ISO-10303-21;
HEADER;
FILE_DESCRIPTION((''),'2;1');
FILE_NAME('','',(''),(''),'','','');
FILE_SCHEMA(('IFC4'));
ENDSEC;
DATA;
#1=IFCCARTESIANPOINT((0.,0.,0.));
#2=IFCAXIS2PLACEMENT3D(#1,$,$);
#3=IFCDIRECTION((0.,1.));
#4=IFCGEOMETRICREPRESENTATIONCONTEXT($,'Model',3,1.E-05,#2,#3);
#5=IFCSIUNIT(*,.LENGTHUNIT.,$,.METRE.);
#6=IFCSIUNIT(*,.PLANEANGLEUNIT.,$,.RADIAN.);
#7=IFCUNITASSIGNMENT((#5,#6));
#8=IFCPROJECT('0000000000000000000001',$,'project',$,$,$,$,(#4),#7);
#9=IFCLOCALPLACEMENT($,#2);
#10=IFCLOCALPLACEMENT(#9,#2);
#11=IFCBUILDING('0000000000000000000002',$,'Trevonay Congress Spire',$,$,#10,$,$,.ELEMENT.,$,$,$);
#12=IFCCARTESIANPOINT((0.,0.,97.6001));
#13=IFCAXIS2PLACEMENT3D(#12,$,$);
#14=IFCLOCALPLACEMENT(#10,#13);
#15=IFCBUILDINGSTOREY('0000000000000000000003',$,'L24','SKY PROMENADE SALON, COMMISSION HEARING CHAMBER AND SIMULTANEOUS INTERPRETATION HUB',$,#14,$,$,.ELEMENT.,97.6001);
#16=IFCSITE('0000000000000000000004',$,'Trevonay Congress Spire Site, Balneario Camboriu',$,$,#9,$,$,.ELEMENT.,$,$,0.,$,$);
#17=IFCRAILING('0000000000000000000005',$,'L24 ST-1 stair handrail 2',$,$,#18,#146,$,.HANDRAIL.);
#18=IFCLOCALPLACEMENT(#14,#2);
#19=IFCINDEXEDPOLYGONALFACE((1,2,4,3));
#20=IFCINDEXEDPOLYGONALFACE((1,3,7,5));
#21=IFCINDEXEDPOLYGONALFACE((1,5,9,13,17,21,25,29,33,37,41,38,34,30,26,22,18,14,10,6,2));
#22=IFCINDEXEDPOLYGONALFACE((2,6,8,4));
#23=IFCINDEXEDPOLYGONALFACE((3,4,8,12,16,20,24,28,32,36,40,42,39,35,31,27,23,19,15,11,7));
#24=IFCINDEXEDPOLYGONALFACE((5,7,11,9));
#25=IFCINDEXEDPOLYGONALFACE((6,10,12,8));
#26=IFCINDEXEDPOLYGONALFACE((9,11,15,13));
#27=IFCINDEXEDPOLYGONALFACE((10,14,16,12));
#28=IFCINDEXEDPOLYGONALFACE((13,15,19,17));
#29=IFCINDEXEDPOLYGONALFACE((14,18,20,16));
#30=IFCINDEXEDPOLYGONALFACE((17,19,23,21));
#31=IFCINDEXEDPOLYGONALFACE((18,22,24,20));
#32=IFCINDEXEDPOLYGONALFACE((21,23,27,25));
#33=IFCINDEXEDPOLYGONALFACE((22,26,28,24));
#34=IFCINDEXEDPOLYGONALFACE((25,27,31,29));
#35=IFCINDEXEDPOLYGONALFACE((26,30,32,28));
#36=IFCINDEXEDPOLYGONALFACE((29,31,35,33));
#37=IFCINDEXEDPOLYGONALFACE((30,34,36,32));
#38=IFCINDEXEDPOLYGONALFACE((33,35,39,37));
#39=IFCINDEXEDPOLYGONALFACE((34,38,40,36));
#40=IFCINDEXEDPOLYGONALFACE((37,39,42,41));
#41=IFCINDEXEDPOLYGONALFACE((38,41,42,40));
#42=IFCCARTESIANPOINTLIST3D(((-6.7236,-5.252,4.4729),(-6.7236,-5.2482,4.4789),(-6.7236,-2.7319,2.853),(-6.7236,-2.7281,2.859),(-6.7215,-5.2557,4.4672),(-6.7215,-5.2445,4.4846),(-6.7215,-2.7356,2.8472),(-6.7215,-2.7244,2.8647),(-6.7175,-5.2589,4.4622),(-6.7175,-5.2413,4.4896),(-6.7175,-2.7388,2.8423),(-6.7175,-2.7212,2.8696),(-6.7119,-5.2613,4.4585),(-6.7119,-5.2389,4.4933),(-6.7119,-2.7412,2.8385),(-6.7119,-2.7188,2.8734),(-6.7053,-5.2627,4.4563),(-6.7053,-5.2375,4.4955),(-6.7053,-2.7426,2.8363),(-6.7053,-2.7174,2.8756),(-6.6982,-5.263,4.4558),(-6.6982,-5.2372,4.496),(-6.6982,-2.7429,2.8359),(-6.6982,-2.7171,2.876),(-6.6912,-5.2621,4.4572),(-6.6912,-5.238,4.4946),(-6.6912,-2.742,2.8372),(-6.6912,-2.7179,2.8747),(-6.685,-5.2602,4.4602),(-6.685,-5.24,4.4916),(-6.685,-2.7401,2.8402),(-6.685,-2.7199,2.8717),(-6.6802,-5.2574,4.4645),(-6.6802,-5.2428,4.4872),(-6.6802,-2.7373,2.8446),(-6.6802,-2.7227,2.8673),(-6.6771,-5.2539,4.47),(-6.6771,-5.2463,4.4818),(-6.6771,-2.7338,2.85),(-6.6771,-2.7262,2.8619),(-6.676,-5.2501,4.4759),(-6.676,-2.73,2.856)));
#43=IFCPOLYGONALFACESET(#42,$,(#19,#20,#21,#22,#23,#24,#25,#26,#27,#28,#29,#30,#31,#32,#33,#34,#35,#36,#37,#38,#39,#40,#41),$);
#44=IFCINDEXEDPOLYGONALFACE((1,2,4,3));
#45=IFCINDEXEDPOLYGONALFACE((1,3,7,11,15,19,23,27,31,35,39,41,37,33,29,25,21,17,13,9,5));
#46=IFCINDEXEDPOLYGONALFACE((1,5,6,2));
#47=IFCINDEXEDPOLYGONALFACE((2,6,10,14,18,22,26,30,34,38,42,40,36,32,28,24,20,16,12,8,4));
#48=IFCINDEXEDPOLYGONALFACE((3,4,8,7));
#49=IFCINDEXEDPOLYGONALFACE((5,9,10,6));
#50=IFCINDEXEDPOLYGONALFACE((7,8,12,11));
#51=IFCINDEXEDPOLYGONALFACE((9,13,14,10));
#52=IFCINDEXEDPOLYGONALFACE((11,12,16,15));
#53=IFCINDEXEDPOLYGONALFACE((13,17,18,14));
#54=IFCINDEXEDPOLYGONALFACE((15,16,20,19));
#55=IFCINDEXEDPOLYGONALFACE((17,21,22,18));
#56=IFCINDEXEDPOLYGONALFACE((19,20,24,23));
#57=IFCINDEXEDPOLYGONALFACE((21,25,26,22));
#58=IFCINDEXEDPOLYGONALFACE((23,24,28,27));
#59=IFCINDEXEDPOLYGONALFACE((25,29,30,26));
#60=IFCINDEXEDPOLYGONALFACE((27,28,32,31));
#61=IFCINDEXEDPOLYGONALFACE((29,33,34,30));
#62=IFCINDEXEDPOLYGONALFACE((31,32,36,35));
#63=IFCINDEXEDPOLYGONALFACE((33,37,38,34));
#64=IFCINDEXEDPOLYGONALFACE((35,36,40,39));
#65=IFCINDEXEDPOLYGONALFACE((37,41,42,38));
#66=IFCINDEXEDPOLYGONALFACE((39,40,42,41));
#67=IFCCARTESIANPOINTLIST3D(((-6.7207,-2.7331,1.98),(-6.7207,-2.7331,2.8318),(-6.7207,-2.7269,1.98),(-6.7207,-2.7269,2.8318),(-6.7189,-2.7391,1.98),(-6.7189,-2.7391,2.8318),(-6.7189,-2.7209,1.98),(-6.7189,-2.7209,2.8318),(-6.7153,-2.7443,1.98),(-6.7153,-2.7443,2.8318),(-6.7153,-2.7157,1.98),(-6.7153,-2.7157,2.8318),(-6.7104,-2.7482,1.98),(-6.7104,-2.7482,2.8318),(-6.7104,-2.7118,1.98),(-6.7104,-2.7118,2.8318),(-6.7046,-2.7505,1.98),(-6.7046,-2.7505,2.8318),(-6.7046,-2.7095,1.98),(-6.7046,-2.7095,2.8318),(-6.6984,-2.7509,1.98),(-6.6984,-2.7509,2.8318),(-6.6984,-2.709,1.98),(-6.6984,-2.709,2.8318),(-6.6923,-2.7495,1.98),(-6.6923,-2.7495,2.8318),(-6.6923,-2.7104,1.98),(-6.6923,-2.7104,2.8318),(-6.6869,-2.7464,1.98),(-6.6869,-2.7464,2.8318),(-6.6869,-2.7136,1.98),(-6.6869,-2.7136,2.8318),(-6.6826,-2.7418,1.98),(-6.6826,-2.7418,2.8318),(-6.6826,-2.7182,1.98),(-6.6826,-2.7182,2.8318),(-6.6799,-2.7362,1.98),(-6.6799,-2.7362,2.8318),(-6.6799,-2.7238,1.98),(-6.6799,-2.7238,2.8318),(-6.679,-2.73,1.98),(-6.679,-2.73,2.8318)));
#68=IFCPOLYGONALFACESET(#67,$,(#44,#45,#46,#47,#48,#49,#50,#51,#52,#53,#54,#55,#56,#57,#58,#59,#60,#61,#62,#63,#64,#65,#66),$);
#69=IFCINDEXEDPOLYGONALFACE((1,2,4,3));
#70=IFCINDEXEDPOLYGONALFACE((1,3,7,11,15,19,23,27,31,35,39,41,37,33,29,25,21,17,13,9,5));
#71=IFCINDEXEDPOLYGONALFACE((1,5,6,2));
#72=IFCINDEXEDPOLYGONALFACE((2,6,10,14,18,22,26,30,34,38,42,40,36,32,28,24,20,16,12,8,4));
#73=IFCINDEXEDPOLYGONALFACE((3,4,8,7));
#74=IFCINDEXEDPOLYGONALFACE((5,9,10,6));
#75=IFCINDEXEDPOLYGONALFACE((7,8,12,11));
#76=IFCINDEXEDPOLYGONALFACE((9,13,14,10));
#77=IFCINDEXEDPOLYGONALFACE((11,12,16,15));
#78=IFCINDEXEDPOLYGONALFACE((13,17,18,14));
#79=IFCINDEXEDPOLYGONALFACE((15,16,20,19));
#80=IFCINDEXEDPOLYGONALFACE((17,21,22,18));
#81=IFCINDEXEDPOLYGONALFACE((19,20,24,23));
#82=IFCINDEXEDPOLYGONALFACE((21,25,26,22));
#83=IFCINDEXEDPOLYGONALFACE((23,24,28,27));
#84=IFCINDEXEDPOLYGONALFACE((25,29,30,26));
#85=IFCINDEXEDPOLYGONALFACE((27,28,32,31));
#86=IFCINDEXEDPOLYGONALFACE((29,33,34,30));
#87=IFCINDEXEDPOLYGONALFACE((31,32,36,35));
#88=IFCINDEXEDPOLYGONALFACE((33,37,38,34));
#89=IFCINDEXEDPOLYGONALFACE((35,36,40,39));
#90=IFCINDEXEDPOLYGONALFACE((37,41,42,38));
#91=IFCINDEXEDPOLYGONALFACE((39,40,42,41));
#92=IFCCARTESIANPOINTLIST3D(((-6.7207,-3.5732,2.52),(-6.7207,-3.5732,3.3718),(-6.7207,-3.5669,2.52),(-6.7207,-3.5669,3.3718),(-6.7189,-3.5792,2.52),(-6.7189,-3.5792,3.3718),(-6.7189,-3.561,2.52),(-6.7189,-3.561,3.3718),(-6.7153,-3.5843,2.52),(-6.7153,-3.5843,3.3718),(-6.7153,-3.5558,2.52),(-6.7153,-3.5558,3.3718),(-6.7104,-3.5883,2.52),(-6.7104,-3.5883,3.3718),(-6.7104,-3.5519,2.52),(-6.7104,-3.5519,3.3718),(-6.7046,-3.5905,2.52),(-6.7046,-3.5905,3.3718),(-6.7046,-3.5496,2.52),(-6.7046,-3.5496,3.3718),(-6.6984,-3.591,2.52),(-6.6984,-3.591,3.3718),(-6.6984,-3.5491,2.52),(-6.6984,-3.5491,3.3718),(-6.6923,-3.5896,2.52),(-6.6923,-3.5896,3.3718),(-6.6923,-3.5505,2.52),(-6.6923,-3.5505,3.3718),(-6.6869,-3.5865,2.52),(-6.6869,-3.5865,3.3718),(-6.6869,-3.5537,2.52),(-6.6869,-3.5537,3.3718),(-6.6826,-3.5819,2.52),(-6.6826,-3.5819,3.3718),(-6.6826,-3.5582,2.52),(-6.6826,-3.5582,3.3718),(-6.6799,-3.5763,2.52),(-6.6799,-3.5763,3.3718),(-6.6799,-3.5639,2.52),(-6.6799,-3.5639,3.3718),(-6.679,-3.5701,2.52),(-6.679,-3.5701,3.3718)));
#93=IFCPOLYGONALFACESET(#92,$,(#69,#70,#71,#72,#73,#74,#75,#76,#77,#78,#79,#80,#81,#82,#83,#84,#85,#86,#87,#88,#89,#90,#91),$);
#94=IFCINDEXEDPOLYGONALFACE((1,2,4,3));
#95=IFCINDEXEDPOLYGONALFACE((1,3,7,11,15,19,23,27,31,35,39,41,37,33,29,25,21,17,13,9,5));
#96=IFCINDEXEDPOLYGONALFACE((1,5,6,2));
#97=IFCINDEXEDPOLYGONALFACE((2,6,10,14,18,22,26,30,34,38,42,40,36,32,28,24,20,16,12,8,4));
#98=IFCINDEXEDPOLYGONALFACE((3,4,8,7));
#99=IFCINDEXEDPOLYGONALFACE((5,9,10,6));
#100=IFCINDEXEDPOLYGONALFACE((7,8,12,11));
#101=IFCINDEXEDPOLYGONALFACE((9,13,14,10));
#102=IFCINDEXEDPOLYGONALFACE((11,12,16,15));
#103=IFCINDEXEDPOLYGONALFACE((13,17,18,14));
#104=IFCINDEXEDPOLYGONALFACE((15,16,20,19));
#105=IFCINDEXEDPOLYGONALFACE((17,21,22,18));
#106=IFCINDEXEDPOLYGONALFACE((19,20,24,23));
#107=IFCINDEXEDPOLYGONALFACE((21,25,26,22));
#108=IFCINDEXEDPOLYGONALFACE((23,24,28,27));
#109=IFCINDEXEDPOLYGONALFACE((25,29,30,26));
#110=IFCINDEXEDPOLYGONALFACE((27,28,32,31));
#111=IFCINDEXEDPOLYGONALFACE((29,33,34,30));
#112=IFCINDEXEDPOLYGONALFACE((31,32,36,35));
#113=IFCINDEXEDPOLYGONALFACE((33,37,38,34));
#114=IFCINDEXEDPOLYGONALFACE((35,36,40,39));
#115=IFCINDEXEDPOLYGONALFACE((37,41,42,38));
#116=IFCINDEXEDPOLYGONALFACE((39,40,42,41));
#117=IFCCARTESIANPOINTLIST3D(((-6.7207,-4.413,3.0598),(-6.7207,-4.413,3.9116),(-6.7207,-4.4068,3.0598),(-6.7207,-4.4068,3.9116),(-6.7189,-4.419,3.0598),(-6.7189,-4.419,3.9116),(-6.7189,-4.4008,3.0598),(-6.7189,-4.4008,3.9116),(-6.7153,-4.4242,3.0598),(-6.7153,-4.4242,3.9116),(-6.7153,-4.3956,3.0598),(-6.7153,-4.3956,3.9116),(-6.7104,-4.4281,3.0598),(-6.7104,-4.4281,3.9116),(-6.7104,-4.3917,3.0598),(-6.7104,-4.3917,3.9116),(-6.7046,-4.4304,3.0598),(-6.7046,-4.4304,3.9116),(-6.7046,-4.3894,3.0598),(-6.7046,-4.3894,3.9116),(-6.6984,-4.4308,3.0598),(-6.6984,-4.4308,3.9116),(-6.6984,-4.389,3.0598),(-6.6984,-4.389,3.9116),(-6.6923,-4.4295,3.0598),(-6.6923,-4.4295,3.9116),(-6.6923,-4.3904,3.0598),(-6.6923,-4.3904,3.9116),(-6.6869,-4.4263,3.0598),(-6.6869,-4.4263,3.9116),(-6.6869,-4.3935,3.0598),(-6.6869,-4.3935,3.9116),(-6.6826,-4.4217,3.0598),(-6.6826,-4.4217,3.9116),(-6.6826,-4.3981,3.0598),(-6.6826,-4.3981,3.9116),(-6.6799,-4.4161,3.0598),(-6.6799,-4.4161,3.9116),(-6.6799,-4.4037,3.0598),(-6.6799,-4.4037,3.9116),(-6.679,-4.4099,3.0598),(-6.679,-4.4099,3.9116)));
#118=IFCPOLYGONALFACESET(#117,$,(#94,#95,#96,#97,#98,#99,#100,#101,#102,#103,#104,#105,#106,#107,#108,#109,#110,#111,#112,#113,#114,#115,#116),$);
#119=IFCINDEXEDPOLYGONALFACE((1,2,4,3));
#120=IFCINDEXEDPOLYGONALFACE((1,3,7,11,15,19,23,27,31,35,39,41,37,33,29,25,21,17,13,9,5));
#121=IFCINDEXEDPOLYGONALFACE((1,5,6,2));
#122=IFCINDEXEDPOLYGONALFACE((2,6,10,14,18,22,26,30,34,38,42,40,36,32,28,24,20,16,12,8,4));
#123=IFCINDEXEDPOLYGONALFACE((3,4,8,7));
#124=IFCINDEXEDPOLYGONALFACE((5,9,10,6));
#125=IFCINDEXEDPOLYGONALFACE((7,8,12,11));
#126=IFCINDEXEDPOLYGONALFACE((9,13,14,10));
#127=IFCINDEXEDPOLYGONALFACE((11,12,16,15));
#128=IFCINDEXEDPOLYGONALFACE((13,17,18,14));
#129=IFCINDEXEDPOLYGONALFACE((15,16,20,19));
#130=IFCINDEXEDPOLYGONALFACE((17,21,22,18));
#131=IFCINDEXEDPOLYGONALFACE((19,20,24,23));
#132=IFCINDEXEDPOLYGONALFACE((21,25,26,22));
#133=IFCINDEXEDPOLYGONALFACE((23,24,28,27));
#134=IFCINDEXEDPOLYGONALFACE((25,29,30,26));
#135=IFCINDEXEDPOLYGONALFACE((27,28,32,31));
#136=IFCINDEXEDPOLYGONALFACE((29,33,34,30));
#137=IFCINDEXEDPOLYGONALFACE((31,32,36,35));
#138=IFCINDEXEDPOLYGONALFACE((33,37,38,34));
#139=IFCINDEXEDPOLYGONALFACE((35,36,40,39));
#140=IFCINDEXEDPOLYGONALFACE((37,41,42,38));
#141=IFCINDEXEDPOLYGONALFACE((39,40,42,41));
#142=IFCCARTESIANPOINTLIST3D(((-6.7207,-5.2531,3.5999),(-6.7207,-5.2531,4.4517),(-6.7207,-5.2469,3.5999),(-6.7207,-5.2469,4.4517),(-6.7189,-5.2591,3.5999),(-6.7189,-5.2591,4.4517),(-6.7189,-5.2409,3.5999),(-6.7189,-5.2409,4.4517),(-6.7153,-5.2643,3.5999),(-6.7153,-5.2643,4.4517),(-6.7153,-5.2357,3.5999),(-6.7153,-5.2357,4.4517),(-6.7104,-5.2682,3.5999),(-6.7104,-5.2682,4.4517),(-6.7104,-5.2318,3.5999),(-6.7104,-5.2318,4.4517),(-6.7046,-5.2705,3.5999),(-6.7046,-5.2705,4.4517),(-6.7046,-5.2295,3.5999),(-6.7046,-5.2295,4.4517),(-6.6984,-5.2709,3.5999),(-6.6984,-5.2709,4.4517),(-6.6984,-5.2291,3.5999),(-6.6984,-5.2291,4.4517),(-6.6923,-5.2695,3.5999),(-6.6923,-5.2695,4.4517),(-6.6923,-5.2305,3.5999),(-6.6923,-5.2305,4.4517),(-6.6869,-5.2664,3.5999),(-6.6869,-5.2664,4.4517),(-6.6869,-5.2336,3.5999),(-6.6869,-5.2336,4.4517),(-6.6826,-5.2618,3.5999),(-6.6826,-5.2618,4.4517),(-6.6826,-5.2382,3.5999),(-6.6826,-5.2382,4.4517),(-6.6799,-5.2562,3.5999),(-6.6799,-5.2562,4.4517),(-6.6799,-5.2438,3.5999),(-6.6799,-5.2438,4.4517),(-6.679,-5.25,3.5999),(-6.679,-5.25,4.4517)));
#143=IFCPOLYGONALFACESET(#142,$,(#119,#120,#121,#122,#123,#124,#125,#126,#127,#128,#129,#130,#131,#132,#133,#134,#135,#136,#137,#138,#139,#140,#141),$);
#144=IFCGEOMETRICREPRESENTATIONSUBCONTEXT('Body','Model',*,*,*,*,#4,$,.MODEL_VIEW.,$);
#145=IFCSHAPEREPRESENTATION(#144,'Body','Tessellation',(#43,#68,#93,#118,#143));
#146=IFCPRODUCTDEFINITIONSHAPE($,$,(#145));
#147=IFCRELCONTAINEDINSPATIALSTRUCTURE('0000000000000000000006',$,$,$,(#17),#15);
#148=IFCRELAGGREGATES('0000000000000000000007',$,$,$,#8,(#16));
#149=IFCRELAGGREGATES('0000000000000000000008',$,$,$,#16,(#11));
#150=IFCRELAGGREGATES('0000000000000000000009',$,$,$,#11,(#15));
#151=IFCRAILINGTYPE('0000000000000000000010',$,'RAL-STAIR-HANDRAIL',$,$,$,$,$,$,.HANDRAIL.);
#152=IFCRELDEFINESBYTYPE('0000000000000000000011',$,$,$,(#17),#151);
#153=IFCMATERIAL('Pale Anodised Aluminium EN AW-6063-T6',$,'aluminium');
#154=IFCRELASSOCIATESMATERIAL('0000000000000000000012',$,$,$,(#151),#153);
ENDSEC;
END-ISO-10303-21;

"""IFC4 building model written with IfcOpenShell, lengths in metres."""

from ifc_helpers import new_model, si_unit, direction, frame, origin, origin_2d, place, context, subcontext, project, spatial, circle, extrude, material, type_object, element, save


model = new_model("IFC4")

# Units and contexts
model_context = context("Model", 3, precision=1e-05, world=origin(), true_north=direction((0.0, 1.0)))
body_context = subcontext(model_context, "Body", "Model", "MODEL_VIEW")
ifc_project = project(units=[si_unit("LENGTHUNIT", "METRE"), si_unit("PLANEANGLEUNIT", "RADIAN")], contexts=[model_context])

# Site, building, storey
site_placement = place(None, origin())
site = spatial("IfcSite", under=ifc_project, at=site_placement, Name="Trevonay Congress Spire Site, Balneario Camboriu", CompositionType="ELEMENT", RefElevation=0.0)
building_placement = place(site_placement, origin())
building = spatial("IfcBuilding", under=site, at=building_placement, Name="Trevonay Congress Spire", CompositionType="ELEMENT")
storey_placement = place(building_placement, frame((0.0, 0.0, 97.6001)))
storey = spatial("IfcBuildingStorey", under=building, at=storey_placement, Name="L24", Description="SKY PROMENADE SALON, COMMISSION HEARING CHAMBER AND SIMULTANEOUS INTERPRETATION HUB", CompositionType="ELEMENT", Elevation=97.6001)

# Shared definitions
ifc_material_1 = material(Name="Pale Anodised Aluminium EN AW-6063-T6", Category="aluminium")

# Railing
railing_type_1 = type_object("IfcRailingType", Name="RAL-STAIR-HANDRAIL", PredefinedType="HANDRAIL", material=ifc_material_1)
railing_1_placement = place(storey_placement, frame((-6.7, -2.73, 1.98)))
element("IfcRailing", 1, at=railing_1_placement, inside=storey, type_object=railing_type_1, Name="L24 ST-1 stair handrail 2", PredefinedType="HANDRAIL", context=body_context, shape_type="SweptSolid", body=[
    extrude(circle(Radius=0.0239, at=origin_2d()), frame((0.0, 0.0, 0.876), z_axis=(0.0, -0.8412, 0.540725), x_axis=(1.0, 0.0, 0.0)), (0.0, 0.0, 1.0), 2.9958),
    extrude(circle(Radius=0.021, at=origin_2d()), origin(), (0.0, 0.0, 1.0), 0.8518),
    extrude(circle(Radius=0.021, at=origin_2d()), frame((0.0, -0.8401, 0.54)), (0.0, 0.0, 1.0), 0.8518),
    extrude(circle(Radius=0.021, at=origin_2d()), frame((0.0, -1.6799, 1.0798)), (0.0, 0.0, 1.0), 0.8518),
    extrude(circle(Radius=0.021, at=origin_2d()), frame((0.0, -2.52, 1.6199)), (0.0, 0.0, 1.0), 0.8518),
])

save(model, "model.ifc")
